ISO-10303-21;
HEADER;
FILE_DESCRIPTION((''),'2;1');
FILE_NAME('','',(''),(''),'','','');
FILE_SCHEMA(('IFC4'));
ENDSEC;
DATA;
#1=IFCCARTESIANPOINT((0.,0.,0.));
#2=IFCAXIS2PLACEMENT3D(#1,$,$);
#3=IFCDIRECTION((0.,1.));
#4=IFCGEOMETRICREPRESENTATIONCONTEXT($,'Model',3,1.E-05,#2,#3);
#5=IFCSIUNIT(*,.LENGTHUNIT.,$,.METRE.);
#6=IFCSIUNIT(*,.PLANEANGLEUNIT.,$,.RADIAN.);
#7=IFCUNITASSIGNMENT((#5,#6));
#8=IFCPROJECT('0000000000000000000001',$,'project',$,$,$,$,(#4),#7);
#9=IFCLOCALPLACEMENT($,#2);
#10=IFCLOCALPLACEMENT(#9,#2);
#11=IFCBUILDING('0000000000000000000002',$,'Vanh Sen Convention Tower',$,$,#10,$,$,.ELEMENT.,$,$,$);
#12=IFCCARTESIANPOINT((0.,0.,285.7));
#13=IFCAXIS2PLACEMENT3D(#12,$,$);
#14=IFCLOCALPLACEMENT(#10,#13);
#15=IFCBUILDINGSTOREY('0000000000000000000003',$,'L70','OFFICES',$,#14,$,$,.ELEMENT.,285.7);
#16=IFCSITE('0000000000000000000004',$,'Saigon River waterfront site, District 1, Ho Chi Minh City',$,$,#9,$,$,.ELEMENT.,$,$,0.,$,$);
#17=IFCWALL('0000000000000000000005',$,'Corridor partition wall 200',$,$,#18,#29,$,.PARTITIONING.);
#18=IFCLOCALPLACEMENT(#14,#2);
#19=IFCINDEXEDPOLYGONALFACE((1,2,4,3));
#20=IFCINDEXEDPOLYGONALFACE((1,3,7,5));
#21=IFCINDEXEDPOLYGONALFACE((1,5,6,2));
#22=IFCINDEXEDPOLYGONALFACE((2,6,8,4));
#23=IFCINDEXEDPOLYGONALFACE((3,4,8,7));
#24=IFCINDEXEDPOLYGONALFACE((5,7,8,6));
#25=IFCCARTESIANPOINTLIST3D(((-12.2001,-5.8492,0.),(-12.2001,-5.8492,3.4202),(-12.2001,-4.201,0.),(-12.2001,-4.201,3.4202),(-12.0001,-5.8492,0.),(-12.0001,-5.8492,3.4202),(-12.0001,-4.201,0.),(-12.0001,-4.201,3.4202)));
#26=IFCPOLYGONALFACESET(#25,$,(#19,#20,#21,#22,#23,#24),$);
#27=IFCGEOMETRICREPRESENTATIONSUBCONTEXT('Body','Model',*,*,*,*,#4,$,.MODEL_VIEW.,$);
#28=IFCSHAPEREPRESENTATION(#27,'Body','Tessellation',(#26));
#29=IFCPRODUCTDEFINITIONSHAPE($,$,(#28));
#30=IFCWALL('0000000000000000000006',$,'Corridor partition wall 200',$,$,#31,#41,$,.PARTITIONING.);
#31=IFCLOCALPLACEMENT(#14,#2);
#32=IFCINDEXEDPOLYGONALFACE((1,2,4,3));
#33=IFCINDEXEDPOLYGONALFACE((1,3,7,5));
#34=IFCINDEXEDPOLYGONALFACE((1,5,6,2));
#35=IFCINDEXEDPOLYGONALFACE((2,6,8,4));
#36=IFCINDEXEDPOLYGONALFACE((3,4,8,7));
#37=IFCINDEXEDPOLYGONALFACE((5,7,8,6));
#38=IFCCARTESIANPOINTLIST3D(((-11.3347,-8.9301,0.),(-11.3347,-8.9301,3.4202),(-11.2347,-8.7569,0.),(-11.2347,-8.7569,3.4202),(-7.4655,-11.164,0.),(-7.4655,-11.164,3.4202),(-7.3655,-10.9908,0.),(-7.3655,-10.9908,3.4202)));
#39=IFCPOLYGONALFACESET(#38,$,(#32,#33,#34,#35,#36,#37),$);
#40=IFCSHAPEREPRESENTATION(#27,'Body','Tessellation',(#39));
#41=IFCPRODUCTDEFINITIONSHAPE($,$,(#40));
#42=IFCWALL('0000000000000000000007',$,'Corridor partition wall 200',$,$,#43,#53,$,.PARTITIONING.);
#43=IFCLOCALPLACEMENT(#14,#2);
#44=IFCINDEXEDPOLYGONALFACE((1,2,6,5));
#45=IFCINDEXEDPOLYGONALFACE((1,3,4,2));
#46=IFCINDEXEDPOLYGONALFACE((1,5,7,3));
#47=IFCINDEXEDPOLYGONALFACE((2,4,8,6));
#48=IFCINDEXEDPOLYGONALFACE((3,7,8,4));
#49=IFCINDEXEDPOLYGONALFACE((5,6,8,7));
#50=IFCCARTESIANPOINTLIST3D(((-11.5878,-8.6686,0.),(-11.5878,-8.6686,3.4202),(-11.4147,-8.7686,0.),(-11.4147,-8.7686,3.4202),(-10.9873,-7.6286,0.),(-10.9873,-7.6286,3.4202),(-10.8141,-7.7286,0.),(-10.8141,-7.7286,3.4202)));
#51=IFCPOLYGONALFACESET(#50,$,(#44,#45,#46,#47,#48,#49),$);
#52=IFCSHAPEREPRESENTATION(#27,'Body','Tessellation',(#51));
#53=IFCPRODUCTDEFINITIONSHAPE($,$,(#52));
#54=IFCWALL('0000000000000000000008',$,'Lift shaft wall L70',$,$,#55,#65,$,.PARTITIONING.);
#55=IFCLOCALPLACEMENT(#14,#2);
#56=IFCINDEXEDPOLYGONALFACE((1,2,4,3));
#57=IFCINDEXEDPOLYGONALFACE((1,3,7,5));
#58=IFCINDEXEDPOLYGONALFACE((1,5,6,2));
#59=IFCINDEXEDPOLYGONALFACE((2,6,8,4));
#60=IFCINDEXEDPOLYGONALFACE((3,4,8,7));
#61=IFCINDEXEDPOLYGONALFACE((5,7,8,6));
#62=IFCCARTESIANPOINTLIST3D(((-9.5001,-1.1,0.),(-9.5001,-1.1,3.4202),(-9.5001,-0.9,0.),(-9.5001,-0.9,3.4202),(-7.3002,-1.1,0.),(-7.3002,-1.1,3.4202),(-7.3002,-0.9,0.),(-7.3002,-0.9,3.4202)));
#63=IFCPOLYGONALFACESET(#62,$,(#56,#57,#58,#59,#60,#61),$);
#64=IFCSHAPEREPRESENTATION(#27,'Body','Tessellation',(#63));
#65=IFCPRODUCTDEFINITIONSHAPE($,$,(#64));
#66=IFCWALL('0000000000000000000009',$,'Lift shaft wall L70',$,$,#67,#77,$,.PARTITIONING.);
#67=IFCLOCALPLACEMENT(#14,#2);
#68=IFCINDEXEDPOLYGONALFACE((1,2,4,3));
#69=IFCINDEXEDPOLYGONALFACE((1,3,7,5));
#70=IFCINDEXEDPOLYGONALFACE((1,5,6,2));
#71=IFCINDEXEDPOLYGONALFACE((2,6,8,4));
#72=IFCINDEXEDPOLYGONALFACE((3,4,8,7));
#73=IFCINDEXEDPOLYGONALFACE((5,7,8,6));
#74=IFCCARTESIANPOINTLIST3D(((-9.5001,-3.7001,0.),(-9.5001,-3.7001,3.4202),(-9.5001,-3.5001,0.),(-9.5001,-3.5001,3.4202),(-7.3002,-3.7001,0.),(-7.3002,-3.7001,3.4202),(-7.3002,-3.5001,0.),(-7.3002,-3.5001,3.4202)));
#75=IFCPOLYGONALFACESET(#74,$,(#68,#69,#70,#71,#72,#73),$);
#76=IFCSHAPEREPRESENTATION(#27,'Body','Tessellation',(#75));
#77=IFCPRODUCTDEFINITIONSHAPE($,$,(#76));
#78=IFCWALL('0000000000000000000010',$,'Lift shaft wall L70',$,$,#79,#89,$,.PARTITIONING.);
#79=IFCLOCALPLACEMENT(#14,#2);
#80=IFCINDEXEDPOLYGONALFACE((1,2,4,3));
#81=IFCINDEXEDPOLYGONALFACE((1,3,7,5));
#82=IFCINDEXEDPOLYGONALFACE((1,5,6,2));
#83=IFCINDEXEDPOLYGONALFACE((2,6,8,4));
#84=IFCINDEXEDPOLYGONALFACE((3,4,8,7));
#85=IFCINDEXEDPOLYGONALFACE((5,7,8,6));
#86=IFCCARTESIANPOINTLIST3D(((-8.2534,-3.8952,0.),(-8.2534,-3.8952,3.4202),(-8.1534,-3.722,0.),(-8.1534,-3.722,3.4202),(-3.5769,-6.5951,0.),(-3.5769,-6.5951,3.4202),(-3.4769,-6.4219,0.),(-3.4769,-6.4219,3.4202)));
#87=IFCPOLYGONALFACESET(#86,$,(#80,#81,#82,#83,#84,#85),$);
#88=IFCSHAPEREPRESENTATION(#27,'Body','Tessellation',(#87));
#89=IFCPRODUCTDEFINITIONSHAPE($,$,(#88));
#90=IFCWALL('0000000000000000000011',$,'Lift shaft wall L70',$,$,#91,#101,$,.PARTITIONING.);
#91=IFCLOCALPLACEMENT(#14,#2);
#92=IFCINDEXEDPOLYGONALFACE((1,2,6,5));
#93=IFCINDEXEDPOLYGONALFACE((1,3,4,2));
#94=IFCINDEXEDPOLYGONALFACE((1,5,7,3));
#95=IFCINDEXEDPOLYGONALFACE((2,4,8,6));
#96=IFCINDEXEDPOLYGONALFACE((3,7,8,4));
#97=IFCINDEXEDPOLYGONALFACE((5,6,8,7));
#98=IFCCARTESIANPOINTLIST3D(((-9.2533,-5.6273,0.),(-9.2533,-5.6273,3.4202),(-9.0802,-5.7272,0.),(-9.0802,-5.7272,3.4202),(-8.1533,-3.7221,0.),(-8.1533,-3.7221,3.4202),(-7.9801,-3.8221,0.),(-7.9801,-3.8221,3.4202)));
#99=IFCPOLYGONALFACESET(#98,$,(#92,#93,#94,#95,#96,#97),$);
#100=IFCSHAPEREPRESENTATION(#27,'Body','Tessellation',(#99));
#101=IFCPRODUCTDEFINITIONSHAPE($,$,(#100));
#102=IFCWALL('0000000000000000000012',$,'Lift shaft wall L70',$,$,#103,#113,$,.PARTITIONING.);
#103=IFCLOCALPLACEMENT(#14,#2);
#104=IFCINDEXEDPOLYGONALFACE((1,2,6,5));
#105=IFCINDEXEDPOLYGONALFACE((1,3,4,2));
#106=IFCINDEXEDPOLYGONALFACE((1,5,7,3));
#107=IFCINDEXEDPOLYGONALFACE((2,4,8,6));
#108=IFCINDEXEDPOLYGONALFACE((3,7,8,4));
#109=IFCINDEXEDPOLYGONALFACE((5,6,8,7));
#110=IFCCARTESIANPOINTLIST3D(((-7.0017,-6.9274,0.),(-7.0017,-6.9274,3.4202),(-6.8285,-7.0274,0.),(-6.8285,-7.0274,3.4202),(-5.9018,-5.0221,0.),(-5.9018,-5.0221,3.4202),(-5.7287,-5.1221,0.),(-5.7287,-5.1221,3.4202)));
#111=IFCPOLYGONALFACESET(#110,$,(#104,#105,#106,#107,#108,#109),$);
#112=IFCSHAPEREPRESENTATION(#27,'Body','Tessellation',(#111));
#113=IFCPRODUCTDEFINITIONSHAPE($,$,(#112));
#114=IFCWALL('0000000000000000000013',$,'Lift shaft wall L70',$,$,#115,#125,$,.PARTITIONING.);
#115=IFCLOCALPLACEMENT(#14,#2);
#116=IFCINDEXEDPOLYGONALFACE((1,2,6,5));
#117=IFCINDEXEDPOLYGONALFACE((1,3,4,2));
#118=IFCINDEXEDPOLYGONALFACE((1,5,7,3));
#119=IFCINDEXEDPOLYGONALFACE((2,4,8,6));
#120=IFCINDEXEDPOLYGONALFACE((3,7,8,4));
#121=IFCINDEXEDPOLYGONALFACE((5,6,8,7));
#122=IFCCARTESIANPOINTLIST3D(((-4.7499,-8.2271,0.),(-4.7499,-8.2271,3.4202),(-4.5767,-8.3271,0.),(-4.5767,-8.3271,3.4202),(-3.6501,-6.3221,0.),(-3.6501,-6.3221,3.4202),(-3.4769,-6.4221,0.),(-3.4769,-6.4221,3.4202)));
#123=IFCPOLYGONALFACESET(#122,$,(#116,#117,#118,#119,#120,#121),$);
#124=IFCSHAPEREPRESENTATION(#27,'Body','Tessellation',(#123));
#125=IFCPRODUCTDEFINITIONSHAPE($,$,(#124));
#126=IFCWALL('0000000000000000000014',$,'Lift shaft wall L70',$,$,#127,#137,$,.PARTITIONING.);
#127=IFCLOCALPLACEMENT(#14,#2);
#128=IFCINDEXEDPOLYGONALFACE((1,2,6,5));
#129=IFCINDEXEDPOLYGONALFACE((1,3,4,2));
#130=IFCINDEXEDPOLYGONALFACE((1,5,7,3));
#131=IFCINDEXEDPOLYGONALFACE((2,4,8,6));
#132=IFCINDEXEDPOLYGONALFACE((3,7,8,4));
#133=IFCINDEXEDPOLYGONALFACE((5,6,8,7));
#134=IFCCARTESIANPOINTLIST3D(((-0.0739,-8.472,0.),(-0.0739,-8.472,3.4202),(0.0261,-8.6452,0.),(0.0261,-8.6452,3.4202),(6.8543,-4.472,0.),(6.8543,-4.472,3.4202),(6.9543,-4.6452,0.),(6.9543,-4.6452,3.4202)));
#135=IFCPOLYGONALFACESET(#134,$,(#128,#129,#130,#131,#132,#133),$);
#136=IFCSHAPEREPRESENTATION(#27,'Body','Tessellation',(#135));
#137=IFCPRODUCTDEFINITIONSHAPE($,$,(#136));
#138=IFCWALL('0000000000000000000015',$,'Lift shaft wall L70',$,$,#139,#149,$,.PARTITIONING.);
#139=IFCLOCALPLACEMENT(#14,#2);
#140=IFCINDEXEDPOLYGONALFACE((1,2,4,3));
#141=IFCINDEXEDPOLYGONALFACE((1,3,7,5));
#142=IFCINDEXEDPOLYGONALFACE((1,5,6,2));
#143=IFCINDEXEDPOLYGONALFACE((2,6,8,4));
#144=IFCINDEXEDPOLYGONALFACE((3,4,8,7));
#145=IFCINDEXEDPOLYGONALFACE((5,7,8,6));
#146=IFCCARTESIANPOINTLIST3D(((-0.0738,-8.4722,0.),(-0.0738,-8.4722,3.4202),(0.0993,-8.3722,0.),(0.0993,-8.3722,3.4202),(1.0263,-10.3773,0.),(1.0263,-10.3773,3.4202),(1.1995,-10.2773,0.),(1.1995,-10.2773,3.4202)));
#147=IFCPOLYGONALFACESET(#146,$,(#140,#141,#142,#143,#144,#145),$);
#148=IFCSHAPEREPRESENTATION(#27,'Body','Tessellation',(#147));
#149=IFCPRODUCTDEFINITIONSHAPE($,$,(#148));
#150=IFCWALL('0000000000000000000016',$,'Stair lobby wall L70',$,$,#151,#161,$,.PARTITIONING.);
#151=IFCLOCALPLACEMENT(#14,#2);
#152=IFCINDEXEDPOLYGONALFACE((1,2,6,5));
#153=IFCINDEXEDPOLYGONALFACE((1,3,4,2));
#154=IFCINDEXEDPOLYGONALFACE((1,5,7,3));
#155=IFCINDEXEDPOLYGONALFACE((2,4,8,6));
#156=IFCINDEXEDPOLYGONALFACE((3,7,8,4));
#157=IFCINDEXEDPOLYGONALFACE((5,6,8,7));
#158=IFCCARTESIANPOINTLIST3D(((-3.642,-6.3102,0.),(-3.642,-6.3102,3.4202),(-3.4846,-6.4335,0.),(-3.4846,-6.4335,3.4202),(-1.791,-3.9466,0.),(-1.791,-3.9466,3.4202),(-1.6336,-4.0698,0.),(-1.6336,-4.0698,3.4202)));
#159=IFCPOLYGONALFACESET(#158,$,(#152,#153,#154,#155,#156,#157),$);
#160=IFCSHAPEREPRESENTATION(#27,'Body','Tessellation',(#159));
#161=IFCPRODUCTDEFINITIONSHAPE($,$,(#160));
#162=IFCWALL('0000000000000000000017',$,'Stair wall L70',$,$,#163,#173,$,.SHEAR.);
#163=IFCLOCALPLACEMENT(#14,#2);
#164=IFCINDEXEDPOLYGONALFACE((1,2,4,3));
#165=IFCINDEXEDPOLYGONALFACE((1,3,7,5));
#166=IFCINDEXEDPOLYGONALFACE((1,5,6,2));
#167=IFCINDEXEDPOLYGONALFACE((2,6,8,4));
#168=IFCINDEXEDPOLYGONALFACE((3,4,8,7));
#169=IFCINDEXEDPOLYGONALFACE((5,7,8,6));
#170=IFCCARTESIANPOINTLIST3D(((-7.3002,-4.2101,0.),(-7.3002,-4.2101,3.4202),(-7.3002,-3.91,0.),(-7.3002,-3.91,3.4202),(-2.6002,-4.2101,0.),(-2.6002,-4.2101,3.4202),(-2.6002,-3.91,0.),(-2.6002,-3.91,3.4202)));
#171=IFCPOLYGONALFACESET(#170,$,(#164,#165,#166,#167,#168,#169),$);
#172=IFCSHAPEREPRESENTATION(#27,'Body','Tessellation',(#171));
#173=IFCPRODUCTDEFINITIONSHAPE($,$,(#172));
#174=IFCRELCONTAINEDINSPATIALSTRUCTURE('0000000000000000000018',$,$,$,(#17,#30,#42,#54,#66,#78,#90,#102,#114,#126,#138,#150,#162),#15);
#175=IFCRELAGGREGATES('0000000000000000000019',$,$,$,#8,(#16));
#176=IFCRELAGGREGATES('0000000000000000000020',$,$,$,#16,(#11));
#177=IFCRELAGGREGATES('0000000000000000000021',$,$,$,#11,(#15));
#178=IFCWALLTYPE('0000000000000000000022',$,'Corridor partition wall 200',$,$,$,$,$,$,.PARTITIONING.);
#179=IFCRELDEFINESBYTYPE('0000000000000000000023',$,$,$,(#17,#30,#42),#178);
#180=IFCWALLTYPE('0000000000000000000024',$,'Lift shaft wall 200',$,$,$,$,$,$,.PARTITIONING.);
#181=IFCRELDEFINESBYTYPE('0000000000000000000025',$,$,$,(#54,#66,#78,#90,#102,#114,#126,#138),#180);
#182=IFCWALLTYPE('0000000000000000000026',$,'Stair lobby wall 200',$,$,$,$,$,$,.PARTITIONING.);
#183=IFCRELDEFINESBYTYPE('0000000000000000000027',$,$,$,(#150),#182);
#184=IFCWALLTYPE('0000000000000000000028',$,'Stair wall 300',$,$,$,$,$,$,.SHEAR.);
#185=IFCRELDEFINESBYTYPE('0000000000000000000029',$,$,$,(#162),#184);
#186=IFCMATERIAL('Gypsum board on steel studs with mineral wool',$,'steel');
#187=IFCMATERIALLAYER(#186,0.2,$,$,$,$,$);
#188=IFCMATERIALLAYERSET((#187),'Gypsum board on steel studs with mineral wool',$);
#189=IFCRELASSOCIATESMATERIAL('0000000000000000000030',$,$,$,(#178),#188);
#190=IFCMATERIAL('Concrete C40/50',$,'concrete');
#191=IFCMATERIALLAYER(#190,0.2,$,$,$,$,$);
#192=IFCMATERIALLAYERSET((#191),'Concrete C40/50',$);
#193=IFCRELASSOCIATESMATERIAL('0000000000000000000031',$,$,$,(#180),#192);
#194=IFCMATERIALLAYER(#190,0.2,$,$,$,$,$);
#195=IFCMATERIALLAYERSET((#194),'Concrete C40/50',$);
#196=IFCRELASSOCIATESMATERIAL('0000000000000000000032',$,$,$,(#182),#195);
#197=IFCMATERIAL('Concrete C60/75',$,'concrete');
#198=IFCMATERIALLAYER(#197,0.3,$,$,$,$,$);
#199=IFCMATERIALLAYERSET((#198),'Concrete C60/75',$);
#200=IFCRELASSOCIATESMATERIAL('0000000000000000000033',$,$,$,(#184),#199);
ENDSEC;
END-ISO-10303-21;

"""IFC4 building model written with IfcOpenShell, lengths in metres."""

from ifc_helpers import new_model, si_unit, direction, frame, frame_2d, origin, place, context, subcontext, project, spatial, rectangle, extrude, material, layer, layer_set, type_object, element, save


model = new_model("IFC4")

# Units and contexts
model_context = context("Model", 3, precision=1e-05, world=origin(), true_north=direction((0.0, 1.0)))
body_context = subcontext(model_context, "Body", "Model", "MODEL_VIEW")
ifc_project = project(units=[si_unit("LENGTHUNIT", "METRE"), si_unit("PLANEANGLEUNIT", "RADIAN")], contexts=[model_context])

# Site, building, storey
site_placement = place(None, origin())
site = spatial("IfcSite", under=ifc_project, at=site_placement, Name="Saigon River waterfront site, District 1, Ho Chi Minh City", CompositionType="ELEMENT", RefElevation=0.0)
building_placement = place(site_placement, origin())
building = spatial("IfcBuilding", under=site, at=building_placement, Name="Vanh Sen Convention Tower", CompositionType="ELEMENT")
storey_placement = place(building_placement, frame((0.0, 0.0, 285.7)))
storey = spatial("IfcBuildingStorey", under=building, at=storey_placement, Name="L70", Description="OFFICES", CompositionType="ELEMENT", Elevation=285.7)

# Shared definitions
ifc_material_1 = material(Name="Concrete C40/50", Category="concrete")

# Shared definitions
ifc_material_2 = material(Name="Concrete C60/75", Category="concrete")

# Walls
ifc_material_3 = material(Name="Gypsum board on steel studs with mineral wool", Category="steel")
ifc_layer_1 = layer(ifc_material_3, 0.2)
ifc_layer_set_1 = layer_set([ifc_layer_1], Name="Gypsum board on steel studs with mineral wool")
wall_type_1 = type_object("IfcWallType", Name="Corridor partition wall 200", PredefinedType="PARTITIONING", material=ifc_layer_set_1)
wall_1_placement = place(storey_placement, frame((-12.1001, -4.2009, 0.0), z_axis=(0.0, 0.0, 1.0), x_axis=(0.0, -1.0, 0.0)))
element("IfcWall", 1, at=wall_1_placement, inside=storey, type_object=wall_type_1, Name="Corridor partition wall 200", PredefinedType="PARTITIONING", context=body_context, shape_type="SweptSolid", body=[
    extrude(rectangle(XDim=1.6482, YDim=0.2, at=frame_2d((0.8242, 0.0))), origin(), (0.0, 0.0, 1.0), 3.4202),
])
wall_2_placement = place(storey_placement, frame((-11.2847, -8.8435, 0.0), z_axis=(0.0, 0.0, 1.0), x_axis=(0.866022, -0.500006, 0.0)))
element("IfcWall", 2, at=wall_2_placement, inside=storey, type_object=wall_type_1, Name="Corridor partition wall 200", PredefinedType="PARTITIONING", context=body_context, shape_type="SweptSolid", body=[
    extrude(rectangle(XDim=4.4678, YDim=0.2, at=frame_2d((2.2339, 0.0))), origin(), (0.0, 0.0, 1.0), 3.4202),
])
wall_3_placement = place(storey_placement, frame((-10.9006, -7.6785, 0.0), z_axis=(0.0, 0.0, 1.0), x_axis=(-0.500074, -0.865982, 0.0)))
element("IfcWall", 3, at=wall_3_placement, inside=storey, type_object=wall_type_1, Name="Corridor partition wall 200", PredefinedType="PARTITIONING", context=body_context, shape_type="SweptSolid", body=[
    extrude(rectangle(XDim=1.2009, YDim=0.2, at=frame_2d((0.6006, 0.0))), origin(), (0.0, 0.0, 1.0), 3.4202),
])
ifc_layer_2 = layer(ifc_material_1, 0.2)
ifc_layer_set_2 = layer_set([ifc_layer_2], Name="Concrete C40/50")
wall_type_2 = type_object("IfcWallType", Name="Lift shaft wall 200", PredefinedType="PARTITIONING", material=ifc_layer_set_2)
for number, where, z_axis, x_axis, name in (
    (4, (-7.3, -1.0, 0.0), (0.0, 0.0, 1.0), (-1.0, 0.0, 0.0), "Lift shaft wall L70"),
    (5, (-7.3, -3.6001, 0.0), (0.0, 0.0, 1.0), (-1.0, 0.0, 0.0), "Lift shaft wall L70"),
):
    element("IfcWall", number, at=place(storey_placement, frame(where, z_axis=z_axis, x_axis=x_axis)), inside=storey, type_object=wall_type_2, Name=name, PredefinedType="PARTITIONING", context=body_context, shape_type="SweptSolid", body=[
        extrude(rectangle(XDim=2.2, YDim=0.2, at=frame_2d((1.1001, 0.0))), origin(), (0.0, 0.0, 1.0), 3.4202),
    ])
wall_4_placement = place(storey_placement, frame((-8.2034, -3.8086, 0.0), z_axis=(0.0, 0.0, 1.0), x_axis=(0.866028, -0.499995, 0.0)))
element("IfcWall", 6, at=wall_4_placement, inside=storey, type_object=wall_type_2, Name="Lift shaft wall L70", PredefinedType="PARTITIONING", context=body_context, shape_type="SweptSolid", body=[
    extrude(rectangle(XDim=5.3999, YDim=0.2, at=frame_2d((2.7, 0.0))), origin(), (0.0, 0.0, 1.0), 3.4202),
])
for number, where, z_axis, x_axis, name in (
    (7, (-8.0667, -3.772, 0.0), (0.0, 0.0, 1.0), (-0.50003, -0.866008, 0.0), "Lift shaft wall L70"),
    (8, (-5.8152, -5.072, 0.0), (0.0, 0.0, 1.0), (-0.499947, -0.866056, 0.0), "Lift shaft wall L70"),
):
    element("IfcWall", number, at=place(storey_placement, frame(where, z_axis=z_axis, x_axis=x_axis)), inside=storey, type_object=wall_type_2, Name=name, PredefinedType="PARTITIONING", context=body_context, shape_type="SweptSolid", body=[
        extrude(rectangle(XDim=2.2, YDim=0.2, at=frame_2d((1.1001, 0.0))), origin(), (0.0, 0.0, 1.0), 3.4202),
    ])
wall_5_placement = place(storey_placement, frame((-3.5635, -6.3721, 0.0), z_axis=(0.0, 0.0, 1.0), x_axis=(-0.499995, -0.866028, 0.0)))
element("IfcWall", 9, at=wall_5_placement, inside=storey, type_object=wall_type_2, Name="Lift shaft wall L70", PredefinedType="PARTITIONING", context=body_context, shape_type="SweptSolid", body=[
    extrude(rectangle(XDim=2.1997, YDim=0.2, at=frame_2d((1.0999, 0.0))), origin(), (0.0, 0.0, 1.0), 3.4202),
])
wall_6_placement = place(storey_placement, frame((-0.0239, -8.5586, 0.0), z_axis=(0.0, 0.0, 1.0), x_axis=(0.866026, 0.499999, 0.0)))
element("IfcWall", 10, at=wall_6_placement, inside=storey, type_object=wall_type_2, Name="Lift shaft wall L70", PredefinedType="PARTITIONING", context=body_context, shape_type="SweptSolid", body=[
    extrude(rectangle(XDim=8.0, YDim=0.2, at=frame_2d((4.0, 0.0))), origin(), (0.0, 0.0, 1.0), 3.4202),
])
wall_7_placement = place(storey_placement, frame((0.0127, -8.4221, 0.0), z_axis=(0.0, 0.0, 1.0), x_axis=(0.500078, -0.86598, 0.0)))
element("IfcWall", 11, at=wall_7_placement, inside=storey, type_object=wall_type_2, Name="Lift shaft wall L70", PredefinedType="PARTITIONING", context=body_context, shape_type="SweptSolid", body=[
    extrude(rectangle(XDim=2.2, YDim=0.2, at=frame_2d((1.1001, 0.0))), origin(), (0.0, 0.0, 1.0), 3.4202),
])
ifc_layer_3 = layer(ifc_material_1, 0.2)
ifc_layer_set_3 = layer_set([ifc_layer_3], Name="Concrete C40/50")
wall_type_3 = type_object("IfcWallType", Name="Stair lobby wall 200", PredefinedType="PARTITIONING", material=ifc_layer_set_3)
wall_8_placement = place(storey_placement, frame((-1.7124, -4.0083, 0.0), z_axis=(0.0, 0.0, 1.0), x_axis=(-0.616549, -0.787316, 0.0)))
element("IfcWall", 12, at=wall_8_placement, inside=storey, type_object=wall_type_3, Name="Stair lobby wall L70", PredefinedType="PARTITIONING", context=body_context, shape_type="SweptSolid", body=[
    extrude(rectangle(XDim=3.0022, YDim=0.2, at=frame_2d((1.501, 0.0))), origin(), (0.0, 0.0, 1.0), 3.4202),
])
ifc_layer_4 = layer(ifc_material_2, 0.3)
ifc_layer_set_4 = layer_set([ifc_layer_4], Name="Concrete C60/75")
wall_type_4 = type_object("IfcWallType", Name="Stair wall 300", PredefinedType="SHEAR", material=ifc_layer_set_4)
wall_9_placement = place(storey_placement, frame((-2.6001, -4.0601, 0.0), z_axis=(0.0, 0.0, 1.0), x_axis=(-1.0, 0.0, 0.0)))
element("IfcWall", 13, at=wall_9_placement, inside=storey, type_object=wall_type_4, Name="Stair wall L70", PredefinedType="SHEAR", context=body_context, shape_type="SweptSolid", body=[
    extrude(rectangle(XDim=4.7, YDim=0.3, at=frame_2d((2.3501, 0.0))), origin(), (0.0, 0.0, 1.0), 3.4202),
])

save(model, "model.ifc")
